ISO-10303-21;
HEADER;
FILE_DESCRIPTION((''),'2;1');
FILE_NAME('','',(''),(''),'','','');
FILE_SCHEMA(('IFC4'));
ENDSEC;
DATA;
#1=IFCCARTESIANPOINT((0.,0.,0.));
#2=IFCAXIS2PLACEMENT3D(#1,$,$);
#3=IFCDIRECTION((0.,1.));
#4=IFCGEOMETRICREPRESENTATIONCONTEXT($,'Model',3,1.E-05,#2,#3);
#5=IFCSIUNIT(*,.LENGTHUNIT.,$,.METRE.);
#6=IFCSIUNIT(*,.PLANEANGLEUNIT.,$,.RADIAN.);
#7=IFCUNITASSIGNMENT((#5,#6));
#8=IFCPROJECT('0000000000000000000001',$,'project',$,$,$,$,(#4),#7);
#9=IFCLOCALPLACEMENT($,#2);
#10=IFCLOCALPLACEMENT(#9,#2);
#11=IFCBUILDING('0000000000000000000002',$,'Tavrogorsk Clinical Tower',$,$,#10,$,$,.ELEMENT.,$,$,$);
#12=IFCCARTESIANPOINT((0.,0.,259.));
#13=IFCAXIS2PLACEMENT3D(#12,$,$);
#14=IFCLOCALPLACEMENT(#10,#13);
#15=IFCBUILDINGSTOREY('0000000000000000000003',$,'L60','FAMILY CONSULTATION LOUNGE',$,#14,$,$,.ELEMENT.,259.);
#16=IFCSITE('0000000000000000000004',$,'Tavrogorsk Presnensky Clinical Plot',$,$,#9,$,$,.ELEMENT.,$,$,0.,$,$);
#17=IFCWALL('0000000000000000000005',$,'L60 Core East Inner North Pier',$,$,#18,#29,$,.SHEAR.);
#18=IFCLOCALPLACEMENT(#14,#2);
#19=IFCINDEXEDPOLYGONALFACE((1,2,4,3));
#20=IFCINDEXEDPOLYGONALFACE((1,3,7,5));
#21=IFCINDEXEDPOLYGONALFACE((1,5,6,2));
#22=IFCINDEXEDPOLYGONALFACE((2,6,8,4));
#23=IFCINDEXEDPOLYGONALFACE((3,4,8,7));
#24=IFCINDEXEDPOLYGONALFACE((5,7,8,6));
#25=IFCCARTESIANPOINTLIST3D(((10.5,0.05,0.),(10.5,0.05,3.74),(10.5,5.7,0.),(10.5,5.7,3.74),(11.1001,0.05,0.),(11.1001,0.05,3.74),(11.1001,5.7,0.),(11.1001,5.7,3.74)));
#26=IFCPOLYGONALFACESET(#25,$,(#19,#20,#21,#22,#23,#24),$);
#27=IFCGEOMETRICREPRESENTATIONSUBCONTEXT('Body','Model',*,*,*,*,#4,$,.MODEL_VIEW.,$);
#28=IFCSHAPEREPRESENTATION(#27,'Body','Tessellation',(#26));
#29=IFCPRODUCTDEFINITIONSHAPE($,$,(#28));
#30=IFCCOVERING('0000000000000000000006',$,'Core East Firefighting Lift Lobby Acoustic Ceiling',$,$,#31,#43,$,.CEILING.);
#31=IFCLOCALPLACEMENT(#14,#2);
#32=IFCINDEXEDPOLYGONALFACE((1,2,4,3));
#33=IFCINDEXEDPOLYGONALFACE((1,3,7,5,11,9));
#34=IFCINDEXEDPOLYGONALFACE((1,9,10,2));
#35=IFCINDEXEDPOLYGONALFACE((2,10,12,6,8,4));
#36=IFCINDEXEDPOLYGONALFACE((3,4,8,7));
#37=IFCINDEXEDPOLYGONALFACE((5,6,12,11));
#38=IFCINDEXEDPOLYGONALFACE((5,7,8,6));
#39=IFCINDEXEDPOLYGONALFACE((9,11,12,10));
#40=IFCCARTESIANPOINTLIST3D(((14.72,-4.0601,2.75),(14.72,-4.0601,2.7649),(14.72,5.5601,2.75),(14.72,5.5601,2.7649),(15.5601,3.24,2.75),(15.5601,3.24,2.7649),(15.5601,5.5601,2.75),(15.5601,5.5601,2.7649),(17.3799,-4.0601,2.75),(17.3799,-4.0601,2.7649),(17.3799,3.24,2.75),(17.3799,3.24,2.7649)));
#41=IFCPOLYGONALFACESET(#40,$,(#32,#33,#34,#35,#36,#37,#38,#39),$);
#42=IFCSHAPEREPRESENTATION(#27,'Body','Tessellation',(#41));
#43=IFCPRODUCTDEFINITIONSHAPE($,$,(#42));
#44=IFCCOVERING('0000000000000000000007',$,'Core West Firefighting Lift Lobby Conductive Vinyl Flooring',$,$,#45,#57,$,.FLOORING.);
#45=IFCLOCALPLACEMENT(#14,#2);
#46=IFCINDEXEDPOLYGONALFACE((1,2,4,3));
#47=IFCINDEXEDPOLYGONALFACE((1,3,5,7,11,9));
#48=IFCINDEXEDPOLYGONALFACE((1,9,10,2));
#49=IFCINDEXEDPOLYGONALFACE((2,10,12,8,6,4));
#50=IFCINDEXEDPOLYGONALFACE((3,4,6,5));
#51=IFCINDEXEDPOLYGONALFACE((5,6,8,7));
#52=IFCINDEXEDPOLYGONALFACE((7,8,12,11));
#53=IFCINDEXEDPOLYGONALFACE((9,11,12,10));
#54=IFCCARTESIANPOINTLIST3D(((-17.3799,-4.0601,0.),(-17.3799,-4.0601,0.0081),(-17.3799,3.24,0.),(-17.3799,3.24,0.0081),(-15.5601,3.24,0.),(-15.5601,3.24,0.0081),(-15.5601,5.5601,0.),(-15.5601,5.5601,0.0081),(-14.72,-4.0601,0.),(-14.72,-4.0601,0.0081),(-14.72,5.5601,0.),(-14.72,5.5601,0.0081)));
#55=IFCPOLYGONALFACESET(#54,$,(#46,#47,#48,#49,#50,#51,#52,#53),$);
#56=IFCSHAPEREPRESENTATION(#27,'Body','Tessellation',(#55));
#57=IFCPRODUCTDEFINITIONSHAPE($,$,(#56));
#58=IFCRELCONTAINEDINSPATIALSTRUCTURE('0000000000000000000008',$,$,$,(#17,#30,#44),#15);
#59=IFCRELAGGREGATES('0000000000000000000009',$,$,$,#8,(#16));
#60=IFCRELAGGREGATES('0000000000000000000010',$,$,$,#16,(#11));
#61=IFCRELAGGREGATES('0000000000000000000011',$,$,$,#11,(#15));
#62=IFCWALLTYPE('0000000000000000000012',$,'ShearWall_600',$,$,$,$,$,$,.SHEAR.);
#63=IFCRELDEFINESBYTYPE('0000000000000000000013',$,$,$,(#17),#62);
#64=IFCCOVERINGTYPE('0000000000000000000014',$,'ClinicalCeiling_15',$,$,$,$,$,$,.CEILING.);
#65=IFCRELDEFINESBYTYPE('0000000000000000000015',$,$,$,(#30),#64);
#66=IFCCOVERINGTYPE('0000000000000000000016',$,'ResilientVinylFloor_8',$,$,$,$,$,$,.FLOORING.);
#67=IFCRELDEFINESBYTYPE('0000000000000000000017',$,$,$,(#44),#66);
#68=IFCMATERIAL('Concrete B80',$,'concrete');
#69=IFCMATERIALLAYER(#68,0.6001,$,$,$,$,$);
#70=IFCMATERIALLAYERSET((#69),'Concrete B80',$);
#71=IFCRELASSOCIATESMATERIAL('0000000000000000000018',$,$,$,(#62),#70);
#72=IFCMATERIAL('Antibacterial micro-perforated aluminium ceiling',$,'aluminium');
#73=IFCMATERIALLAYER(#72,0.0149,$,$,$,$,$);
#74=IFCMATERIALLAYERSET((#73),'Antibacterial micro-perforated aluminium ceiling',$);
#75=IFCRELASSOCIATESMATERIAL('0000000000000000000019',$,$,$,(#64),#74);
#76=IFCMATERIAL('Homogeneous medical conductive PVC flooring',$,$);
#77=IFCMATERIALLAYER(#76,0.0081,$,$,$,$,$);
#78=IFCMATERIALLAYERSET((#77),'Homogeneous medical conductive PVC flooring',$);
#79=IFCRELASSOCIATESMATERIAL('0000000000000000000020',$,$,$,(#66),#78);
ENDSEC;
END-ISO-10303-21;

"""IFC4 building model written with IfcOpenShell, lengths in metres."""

from ifc_helpers import new_model, si_unit, direction, frame, frame_2d, origin, place, context, subcontext, project, spatial, polyline, rectangle, outline, extrude, material, layer, layer_set, type_object, element, save


model = new_model("IFC4")

# Units and contexts
model_context = context("Model", 3, precision=1e-05, world=origin(), true_north=direction((0.0, 1.0)))
body_context = subcontext(model_context, "Body", "Model", "MODEL_VIEW")
ifc_project = project(units=[si_unit("LENGTHUNIT", "METRE"), si_unit("PLANEANGLEUNIT", "RADIAN")], contexts=[model_context])

# Site, building, storey
site_placement = place(None, origin())
site = spatial("IfcSite", under=ifc_project, at=site_placement, Name="Tavrogorsk Presnensky Clinical Plot", CompositionType="ELEMENT", RefElevation=0.0)
building_placement = place(site_placement, origin())
building = spatial("IfcBuilding", under=site, at=building_placement, Name="Tavrogorsk Clinical Tower", CompositionType="ELEMENT")
storey_placement = place(building_placement, frame((0.0, 0.0, 259.0)))
storey = spatial("IfcBuildingStorey", under=building, at=storey_placement, Name="L60", Description="FAMILY CONSULTATION LOUNGE", CompositionType="ELEMENT", Elevation=259.0)

# Wall
ifc_material_1 = material(Name="Concrete B80", Category="concrete")
ifc_layer_1 = layer(ifc_material_1, 0.6001)
ifc_layer_set_1 = layer_set([ifc_layer_1], Name="Concrete B80")
wall_type_1 = type_object("IfcWallType", Name="ShearWall_600", PredefinedType="SHEAR", material=ifc_layer_set_1)
wall_1_placement = place(storey_placement, frame((10.8, 0.05, 0.0), z_axis=(0.0, 0.0, 1.0), x_axis=(0.0, 1.0, 0.0)))
element("IfcWall", 1, at=wall_1_placement, inside=storey, type_object=wall_type_1, Name="L60 Core East Inner North Pier", PredefinedType="SHEAR", context=body_context, shape_type="SweptSolid", body=[
    extrude(rectangle(XDim=5.6499, YDim=0.6001, at=frame_2d((2.825, 0.0))), origin(), (0.0, 0.0, 1.0), 3.74),
])

# Coverings
ifc_material_2 = material(Name="Antibacterial micro-perforated aluminium ceiling", Category="aluminium")
ifc_layer_2 = layer(ifc_material_2, 0.0149)
ifc_layer_set_2 = layer_set([ifc_layer_2], Name="Antibacterial micro-perforated aluminium ceiling")
covering_type_1 = type_object("IfcCoveringType", Name="ClinicalCeiling_15", PredefinedType="CEILING", material=ifc_layer_set_2)
covering_1_placement = place(storey_placement, frame((0.0, 0.0, 2.75)))
element("IfcCovering", 2, at=covering_1_placement, inside=storey, type_object=covering_type_1, Name="Core East Firefighting Lift Lobby Acoustic Ceiling", PredefinedType="CEILING", context=body_context, shape_type="SweptSolid", body=[
    extrude(outline(polyline([(17.3799, -4.0601), (14.72, -4.0601), (14.72, 5.5601), (15.5601, 5.5601), (15.5601, 3.24), (17.3799, 3.24), (17.3799, -4.0601)])), origin(), (0.0, 0.0, 1.0), 0.0149),
])
ifc_material_3 = material(Name="Homogeneous medical conductive PVC flooring")
ifc_layer_3 = layer(ifc_material_3, 0.0081)
ifc_layer_set_3 = layer_set([ifc_layer_3], Name="Homogeneous medical conductive PVC flooring")
covering_type_2 = type_object("IfcCoveringType", Name="ResilientVinylFloor_8", PredefinedType="FLOORING", material=ifc_layer_set_3)
covering_2_placement = place(storey_placement, origin())
element("IfcCovering", 3, at=covering_2_placement, inside=storey, type_object=covering_type_2, Name="Core West Firefighting Lift Lobby Conductive Vinyl Flooring", PredefinedType="FLOORING", context=body_context, shape_type="SweptSolid", body=[
    extrude(outline(polyline([(-14.72, 5.5601), (-14.72, -4.0601), (-17.3799, -4.0601), (-17.3799, 3.24), (-15.5601, 3.24), (-15.5601, 5.5601), (-14.72, 5.5601)])), origin(), (0.0, 0.0, 1.0), 0.0081),
])

save(model, "model.ifc")
